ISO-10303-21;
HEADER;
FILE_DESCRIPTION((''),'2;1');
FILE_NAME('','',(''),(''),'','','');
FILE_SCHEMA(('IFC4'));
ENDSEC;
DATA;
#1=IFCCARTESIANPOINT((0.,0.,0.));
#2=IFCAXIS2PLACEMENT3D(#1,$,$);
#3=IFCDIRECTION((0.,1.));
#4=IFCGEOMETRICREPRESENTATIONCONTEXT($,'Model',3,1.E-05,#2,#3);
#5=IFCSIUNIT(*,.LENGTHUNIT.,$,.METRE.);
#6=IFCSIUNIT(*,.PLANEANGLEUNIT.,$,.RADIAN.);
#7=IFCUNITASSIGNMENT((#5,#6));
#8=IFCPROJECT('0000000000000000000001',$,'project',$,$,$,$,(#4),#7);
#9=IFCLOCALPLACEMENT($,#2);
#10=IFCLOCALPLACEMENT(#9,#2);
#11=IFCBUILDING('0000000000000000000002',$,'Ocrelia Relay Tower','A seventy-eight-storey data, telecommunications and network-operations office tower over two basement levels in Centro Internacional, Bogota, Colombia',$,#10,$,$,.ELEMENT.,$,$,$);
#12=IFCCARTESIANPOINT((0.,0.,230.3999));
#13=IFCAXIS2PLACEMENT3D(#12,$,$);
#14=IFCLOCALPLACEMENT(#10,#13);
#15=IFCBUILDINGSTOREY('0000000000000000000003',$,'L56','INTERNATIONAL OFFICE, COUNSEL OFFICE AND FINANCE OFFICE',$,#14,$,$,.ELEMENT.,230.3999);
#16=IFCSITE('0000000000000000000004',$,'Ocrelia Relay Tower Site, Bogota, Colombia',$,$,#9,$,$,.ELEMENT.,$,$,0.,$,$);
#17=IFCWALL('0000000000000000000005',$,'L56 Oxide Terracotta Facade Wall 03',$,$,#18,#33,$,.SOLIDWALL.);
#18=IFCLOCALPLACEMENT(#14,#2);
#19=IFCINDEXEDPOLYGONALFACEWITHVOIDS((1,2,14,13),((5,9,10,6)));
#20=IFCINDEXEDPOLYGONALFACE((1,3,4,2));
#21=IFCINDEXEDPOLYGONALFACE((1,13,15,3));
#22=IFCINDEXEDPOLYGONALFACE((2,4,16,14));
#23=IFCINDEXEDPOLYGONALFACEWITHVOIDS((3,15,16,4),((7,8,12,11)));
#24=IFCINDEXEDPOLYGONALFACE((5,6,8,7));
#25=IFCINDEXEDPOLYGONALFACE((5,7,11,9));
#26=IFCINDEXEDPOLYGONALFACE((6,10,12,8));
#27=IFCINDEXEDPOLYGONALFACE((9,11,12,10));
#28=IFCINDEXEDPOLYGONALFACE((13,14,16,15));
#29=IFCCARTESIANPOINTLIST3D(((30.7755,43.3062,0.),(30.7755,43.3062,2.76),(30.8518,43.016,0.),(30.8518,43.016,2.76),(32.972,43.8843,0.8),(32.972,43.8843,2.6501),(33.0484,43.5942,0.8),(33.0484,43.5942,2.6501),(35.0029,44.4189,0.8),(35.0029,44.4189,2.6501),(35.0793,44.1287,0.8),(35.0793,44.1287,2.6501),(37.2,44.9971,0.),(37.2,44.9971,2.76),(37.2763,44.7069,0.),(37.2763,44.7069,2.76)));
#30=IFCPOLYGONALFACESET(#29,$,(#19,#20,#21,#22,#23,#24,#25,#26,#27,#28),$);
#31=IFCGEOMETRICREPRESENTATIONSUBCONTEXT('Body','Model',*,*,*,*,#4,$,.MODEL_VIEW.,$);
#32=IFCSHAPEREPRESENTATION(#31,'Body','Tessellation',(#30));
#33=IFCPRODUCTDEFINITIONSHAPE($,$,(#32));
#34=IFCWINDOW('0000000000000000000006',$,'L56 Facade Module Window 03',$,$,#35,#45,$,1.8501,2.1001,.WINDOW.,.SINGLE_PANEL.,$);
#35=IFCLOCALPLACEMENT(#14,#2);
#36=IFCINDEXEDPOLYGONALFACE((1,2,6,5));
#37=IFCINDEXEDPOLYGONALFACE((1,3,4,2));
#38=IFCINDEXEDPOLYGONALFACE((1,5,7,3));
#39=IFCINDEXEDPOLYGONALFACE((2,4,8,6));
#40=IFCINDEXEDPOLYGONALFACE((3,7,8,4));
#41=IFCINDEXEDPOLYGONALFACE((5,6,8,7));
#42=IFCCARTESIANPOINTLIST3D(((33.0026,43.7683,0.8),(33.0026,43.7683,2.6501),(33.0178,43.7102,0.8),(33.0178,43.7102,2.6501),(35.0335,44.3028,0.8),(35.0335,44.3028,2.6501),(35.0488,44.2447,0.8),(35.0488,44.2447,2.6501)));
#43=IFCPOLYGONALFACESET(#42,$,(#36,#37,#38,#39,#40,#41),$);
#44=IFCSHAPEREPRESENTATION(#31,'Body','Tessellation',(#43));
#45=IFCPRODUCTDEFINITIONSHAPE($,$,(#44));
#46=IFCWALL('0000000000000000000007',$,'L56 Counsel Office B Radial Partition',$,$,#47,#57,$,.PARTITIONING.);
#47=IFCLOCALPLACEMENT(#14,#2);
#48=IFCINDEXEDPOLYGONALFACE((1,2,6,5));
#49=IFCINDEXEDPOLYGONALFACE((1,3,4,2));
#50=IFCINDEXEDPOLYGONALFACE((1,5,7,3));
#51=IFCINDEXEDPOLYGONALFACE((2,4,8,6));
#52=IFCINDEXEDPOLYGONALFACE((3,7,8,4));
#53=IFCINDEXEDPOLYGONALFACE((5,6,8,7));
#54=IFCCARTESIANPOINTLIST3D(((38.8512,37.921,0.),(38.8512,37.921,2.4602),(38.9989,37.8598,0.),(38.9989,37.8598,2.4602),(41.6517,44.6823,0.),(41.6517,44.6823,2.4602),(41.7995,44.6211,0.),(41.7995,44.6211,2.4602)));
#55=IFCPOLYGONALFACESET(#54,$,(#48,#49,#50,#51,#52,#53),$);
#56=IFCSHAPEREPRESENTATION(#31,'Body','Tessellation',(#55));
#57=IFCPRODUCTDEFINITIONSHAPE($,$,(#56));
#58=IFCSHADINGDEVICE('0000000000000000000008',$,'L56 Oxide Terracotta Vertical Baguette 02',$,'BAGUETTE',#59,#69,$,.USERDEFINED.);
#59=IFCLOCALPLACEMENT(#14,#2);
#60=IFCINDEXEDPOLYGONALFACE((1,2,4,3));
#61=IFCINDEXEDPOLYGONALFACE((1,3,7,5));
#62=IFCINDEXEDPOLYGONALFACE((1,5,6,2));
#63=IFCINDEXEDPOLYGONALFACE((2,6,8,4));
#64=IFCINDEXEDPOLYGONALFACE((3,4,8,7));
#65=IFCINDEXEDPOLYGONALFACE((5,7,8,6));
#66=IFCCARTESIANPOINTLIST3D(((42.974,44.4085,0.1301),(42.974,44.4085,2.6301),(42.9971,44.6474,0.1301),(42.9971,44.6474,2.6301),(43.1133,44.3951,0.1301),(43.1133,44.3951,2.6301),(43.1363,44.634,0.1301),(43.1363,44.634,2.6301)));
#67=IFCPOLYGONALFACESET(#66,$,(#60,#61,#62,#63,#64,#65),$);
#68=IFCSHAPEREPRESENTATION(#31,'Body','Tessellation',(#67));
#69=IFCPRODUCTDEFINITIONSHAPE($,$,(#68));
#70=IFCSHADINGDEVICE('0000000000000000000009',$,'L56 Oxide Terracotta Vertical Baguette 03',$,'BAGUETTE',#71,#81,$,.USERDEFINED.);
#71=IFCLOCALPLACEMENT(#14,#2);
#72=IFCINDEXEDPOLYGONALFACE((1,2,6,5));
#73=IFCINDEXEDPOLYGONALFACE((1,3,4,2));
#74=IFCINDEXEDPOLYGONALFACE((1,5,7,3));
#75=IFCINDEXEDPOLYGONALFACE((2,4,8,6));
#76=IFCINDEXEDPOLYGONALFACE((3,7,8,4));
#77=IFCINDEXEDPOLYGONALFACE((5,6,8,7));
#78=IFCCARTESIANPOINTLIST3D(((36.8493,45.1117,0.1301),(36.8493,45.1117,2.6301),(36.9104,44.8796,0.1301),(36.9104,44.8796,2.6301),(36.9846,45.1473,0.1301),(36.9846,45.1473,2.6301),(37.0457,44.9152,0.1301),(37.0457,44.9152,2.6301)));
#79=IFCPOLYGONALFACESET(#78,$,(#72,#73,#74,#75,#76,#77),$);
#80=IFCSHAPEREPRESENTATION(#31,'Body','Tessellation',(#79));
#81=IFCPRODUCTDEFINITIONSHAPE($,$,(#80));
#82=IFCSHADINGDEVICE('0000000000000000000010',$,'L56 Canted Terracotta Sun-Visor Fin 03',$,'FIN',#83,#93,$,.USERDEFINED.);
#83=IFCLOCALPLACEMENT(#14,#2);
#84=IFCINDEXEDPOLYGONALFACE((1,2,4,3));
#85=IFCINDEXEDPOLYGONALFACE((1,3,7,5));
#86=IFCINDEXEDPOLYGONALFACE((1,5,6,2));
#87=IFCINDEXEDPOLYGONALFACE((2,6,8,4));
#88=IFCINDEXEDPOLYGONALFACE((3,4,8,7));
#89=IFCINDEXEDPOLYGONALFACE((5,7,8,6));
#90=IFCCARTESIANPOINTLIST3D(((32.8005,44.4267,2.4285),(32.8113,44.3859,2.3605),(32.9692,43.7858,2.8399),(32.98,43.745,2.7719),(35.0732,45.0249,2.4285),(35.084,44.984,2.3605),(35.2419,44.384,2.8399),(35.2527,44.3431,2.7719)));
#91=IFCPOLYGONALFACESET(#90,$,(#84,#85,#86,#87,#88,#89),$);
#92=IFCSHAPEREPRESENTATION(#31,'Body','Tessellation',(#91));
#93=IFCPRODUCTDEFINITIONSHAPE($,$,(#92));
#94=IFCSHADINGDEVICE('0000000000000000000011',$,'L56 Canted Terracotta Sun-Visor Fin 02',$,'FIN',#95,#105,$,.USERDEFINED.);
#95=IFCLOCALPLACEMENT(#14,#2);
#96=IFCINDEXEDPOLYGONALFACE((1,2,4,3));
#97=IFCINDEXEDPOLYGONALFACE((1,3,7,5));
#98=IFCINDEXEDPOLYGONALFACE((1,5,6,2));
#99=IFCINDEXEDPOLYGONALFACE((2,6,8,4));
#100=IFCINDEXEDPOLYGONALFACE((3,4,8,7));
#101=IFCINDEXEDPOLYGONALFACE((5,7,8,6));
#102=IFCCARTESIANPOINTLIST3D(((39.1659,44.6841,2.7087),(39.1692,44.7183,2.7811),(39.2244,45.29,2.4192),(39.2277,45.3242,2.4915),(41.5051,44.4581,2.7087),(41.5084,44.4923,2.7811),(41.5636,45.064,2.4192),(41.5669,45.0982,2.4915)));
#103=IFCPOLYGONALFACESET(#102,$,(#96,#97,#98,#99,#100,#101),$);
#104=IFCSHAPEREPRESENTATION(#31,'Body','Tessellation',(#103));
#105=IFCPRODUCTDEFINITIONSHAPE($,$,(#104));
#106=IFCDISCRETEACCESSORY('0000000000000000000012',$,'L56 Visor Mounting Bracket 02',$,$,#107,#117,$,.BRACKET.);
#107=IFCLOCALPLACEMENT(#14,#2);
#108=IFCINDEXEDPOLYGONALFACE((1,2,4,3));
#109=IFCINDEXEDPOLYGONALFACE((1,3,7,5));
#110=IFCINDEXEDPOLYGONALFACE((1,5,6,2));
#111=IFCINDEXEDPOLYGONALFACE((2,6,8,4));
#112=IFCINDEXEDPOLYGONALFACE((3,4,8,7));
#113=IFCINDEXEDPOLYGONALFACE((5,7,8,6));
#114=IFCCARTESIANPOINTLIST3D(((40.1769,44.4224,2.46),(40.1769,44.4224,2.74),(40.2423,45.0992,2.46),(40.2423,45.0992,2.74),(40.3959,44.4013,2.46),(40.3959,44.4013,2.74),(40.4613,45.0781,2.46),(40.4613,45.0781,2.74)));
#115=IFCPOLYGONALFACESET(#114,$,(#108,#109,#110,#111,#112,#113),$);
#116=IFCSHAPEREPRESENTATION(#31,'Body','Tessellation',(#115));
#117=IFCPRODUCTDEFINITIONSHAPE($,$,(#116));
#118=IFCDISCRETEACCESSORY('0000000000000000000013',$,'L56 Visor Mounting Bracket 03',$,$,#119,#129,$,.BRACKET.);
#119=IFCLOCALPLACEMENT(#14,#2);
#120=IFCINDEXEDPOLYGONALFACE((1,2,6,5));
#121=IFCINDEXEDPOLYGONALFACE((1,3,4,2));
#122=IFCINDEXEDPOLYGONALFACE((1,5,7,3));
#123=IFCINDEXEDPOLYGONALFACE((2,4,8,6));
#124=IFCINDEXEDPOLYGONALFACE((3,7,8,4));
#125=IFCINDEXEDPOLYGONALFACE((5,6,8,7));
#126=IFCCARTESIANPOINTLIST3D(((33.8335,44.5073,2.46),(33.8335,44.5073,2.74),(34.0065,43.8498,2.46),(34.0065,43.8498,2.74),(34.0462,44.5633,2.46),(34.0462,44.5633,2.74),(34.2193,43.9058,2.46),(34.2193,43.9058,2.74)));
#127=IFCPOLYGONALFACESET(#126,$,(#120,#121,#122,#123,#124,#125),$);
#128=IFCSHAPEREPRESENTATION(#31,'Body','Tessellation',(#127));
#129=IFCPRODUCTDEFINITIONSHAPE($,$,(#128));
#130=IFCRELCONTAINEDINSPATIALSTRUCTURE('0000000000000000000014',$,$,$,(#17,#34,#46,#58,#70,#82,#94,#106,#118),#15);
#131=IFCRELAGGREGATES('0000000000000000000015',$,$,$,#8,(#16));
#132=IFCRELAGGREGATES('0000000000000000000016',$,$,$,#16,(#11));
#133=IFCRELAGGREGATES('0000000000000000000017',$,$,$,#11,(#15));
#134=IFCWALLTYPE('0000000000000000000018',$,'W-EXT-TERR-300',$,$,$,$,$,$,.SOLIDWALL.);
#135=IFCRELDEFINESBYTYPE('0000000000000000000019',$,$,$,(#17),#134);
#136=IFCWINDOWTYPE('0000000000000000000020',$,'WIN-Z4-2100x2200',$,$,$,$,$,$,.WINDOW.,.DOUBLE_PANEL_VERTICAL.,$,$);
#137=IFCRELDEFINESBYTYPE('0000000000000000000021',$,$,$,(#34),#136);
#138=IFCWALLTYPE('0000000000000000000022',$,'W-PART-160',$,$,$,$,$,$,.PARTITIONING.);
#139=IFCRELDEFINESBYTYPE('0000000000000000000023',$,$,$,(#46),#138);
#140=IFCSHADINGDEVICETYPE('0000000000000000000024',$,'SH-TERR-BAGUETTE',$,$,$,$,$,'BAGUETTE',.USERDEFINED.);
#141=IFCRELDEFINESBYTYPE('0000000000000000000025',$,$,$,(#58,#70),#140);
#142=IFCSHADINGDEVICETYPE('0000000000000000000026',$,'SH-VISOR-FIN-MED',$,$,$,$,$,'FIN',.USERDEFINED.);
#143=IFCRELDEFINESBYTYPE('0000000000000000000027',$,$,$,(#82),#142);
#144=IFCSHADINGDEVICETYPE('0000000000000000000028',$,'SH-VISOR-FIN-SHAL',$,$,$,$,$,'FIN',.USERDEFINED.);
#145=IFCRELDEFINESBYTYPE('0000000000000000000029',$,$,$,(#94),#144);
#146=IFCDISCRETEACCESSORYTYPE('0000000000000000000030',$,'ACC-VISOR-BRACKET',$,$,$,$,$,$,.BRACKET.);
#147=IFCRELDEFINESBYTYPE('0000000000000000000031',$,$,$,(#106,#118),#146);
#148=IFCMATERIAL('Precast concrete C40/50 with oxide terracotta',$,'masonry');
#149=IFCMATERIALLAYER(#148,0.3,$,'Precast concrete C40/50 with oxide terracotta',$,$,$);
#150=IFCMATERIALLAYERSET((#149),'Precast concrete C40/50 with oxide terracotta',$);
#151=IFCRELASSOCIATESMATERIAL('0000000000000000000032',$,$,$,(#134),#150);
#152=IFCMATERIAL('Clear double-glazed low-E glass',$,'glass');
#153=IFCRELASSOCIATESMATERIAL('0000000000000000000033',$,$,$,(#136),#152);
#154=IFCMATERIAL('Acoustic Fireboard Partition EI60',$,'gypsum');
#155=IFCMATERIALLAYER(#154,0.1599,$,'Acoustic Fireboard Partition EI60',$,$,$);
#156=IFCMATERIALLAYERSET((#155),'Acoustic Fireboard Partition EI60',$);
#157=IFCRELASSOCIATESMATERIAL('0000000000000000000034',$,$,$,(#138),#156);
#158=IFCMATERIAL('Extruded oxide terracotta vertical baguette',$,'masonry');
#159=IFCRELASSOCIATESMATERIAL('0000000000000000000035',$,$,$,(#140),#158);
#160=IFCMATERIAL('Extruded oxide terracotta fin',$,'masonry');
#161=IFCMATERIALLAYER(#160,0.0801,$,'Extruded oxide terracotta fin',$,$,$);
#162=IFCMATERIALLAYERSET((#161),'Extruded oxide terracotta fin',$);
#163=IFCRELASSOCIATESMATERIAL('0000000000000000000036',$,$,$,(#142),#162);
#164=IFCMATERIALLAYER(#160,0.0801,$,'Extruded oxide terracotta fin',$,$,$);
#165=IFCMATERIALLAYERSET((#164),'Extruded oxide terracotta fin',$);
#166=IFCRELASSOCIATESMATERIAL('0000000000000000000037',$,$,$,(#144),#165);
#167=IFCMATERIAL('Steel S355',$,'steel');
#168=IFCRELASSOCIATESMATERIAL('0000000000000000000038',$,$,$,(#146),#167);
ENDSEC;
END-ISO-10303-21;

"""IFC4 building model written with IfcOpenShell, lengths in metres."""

from ifc_helpers import new_model, si_unit, direction, frame, frame_2d, origin, origin_2d, place, context, subcontext, project, spatial, rectangle, extrude, material, layer, layer_set, type_object, element, fill, save


model = new_model("IFC4")

# Units and contexts
model_context = context("Model", 3, precision=1e-05, world=origin(), true_north=direction((0.0, 1.0)))
body_context = subcontext(model_context, "Body", "Model", "MODEL_VIEW")
ifc_project = project(units=[si_unit("LENGTHUNIT", "METRE"), si_unit("PLANEANGLEUNIT", "RADIAN")], contexts=[model_context])

# Site, building, storey
site_placement = place(None, origin())
site = spatial("IfcSite", under=ifc_project, at=site_placement, Name="Ocrelia Relay Tower Site, Bogota, Colombia", CompositionType="ELEMENT", RefElevation=0.0)
building_placement = place(site_placement, origin())
building = spatial("IfcBuilding", under=site, at=building_placement, Name="Ocrelia Relay Tower", Description="A seventy-eight-storey data, telecommunications and network-operations office tower over two basement levels in Centro Internacional, Bogota, Colombia", CompositionType="ELEMENT")
storey_placement = place(building_placement, frame((0.0, 0.0, 230.3999)))
storey = spatial("IfcBuildingStorey", under=building, at=storey_placement, Name="L56", Description="INTERNATIONAL OFFICE, COUNSEL OFFICE AND FINANCE OFFICE", CompositionType="ELEMENT", Elevation=230.3999)

# Shared definitions
ifc_material_1 = material(Name="Steel S355", Category="steel")

# Wall, opening, window
ifc_material_2 = material(Name="Precast concrete C40/50 with oxide terracotta", Category="masonry")
ifc_layer_1 = layer(ifc_material_2, 0.3, Name="Precast concrete C40/50 with oxide terracotta")
ifc_layer_set_1 = layer_set([ifc_layer_1], Name="Precast concrete C40/50 with oxide terracotta")
wall_type_1 = type_object("IfcWallType", Name="W-EXT-TERR-300", PredefinedType="SOLIDWALL", material=ifc_layer_set_1)
ifc_material_3 = material(Name="Clear double-glazed low-E glass", Category="glass")
window_type = type_object("IfcWindowType", Name="WIN-Z4-2100x2200", PartitioningType="DOUBLE_PANEL_VERTICAL", PredefinedType="WINDOW", material=ifc_material_3)
wall_1_placement = place(storey_placement, frame((37.2383, 44.8521, 0.0), z_axis=(0.0, 0.0, 1.0), x_axis=(-0.967065, -0.254528, 0.0)))
wall_1 = element("IfcWall", 1, at=wall_1_placement, inside=storey, type_object=wall_type_1, Name="L56 Oxide Terracotta Facade Wall 03", PredefinedType="SOLIDWALL", context=body_context, shape_type="SweptSolid", body=[
    extrude(rectangle(XDim=6.6433, YDim=0.3, at=frame_2d((3.3218, 0.0))), origin(), (0.0, 0.0, 1.0), 2.76),
])
opening_1_placement = place(wall_1_placement, frame((2.272, 0.0, 0.8)))
opening_1 = element("IfcOpeningElement", 2, at=opening_1_placement, cuts=wall_1, PredefinedType="OPENING", context=body_context, shape_type="SweptSolid", body=[
    extrude(rectangle(XDim=2.1001, YDim=1.8501, at=frame_2d((1.05, 0.925))), frame((0.0, 0.1602, 0.0), z_axis=(0.0, -1.0, 0.0), x_axis=(1.0, 0.0, 0.0)), (0.0, 0.0, 1.0), 0.3201),
])
window_1_placement = place(opening_1_placement, origin())
window_1 = element("IfcWindow", 3, at=window_1_placement, inside=storey, type_object=window_type, Name="L56 Facade Module Window 03", OverallHeight=1.8501, OverallWidth=2.1001, PartitioningType="SINGLE_PANEL", PredefinedType="WINDOW", context=body_context, shape_type="SweptSolid", body=[
    extrude(rectangle(XDim=2.1001, YDim=1.8501, at=frame_2d((1.05, 0.925))), frame((0.0, 0.03, 0.0), z_axis=(0.0, -1.0, 0.0), x_axis=(1.0, 0.0, 0.0)), (0.0, 0.0, 1.0), 0.0601),
])
fill(opening_1, window_1)

# Wall
ifc_material_4 = material(Name="Acoustic Fireboard Partition EI60", Category="gypsum")
ifc_layer_2 = layer(ifc_material_4, 0.1599, Name="Acoustic Fireboard Partition EI60")
ifc_layer_set_2 = layer_set([ifc_layer_2], Name="Acoustic Fireboard Partition EI60")
wall_type_2 = type_object("IfcWallType", Name="W-PART-160", PredefinedType="PARTITIONING", material=ifc_layer_set_2)
wall_2_placement = place(storey_placement, frame((38.925, 37.8904, 0.0), z_axis=(0.0, 0.0, 1.0), x_axis=(0.382677, 0.923882, 0.0)))
element("IfcWall", 4, at=wall_2_placement, inside=storey, type_object=wall_type_2, Name="L56 Counsel Office B Radial Partition", PredefinedType="PARTITIONING", context=body_context, shape_type="SweptSolid", body=[
    extrude(rectangle(XDim=7.3184, YDim=0.1599, at=frame_2d((3.6592, 0.0))), origin(), (0.0, 0.0, 1.0), 2.4602),
])

# Shading devices
ifc_material_5 = material(Name="Extruded oxide terracotta vertical baguette", Category="masonry")
shading_device_type_1 = type_object("IfcShadingDeviceType", Name="SH-TERR-BAGUETTE", ElementType="BAGUETTE", PredefinedType="USERDEFINED", material=ifc_material_5)
for number, where, z_axis, x_axis, name in (
    (5, (43.0552, 44.5212, 0.1301), (0.0, 0.0, 1.0), (-0.995366, 0.096158, 0.0), "L56 Oxide Terracotta Vertical Baguette 02"),
    (6, (36.9475, 45.0134, 0.1301), (0.0, 0.0, 1.0), (-0.967065, -0.254531, 0.0), "L56 Oxide Terracotta Vertical Baguette 03"),
):
    element("IfcShadingDevice", number, at=place(storey_placement, frame(where, z_axis=z_axis, x_axis=x_axis)), inside=storey, type_object=shading_device_type_1, Name=name, ObjectType="BAGUETTE", PredefinedType="USERDEFINED", context=body_context, shape_type="SweptSolid", body=[
        extrude(rectangle(XDim=0.1399, YDim=0.24, at=origin_2d()), origin(), (0.0, 0.0, 1.0), 2.5),
    ])
ifc_material_6 = material(Name="Extruded oxide terracotta fin", Category="masonry")
ifc_layer_3 = layer(ifc_material_6, 0.0801, Name="Extruded oxide terracotta fin")
ifc_layer_set_3 = layer_set([ifc_layer_3], Name="Extruded oxide terracotta fin")
shading_device_type_2 = type_object("IfcShadingDeviceType", Name="SH-VISOR-FIN-MED", ElementType="FIN", PredefinedType="USERDEFINED", material=ifc_layer_set_3)
shading_device_1_placement = place(storey_placement, frame((34.032, 44.3645, 2.5662), z_axis=(-0.13424, 0.510031, 0.849617), x_axis=(-0.967065, -0.254531, 0.0)))
element("IfcShadingDevice", 7, at=shading_device_1_placement, inside=storey, type_object=shading_device_type_2, Name="L56 Canted Terracotta Sun-Visor Fin 03", ObjectType="FIN", PredefinedType="USERDEFINED", context=body_context, shape_type="SweptSolid", body=[
    extrude(rectangle(XDim=2.3501, YDim=0.78, at=origin_2d()), origin(), (0.0, 0.0, 1.0), 0.0801),
])
ifc_layer_4 = layer(ifc_material_6, 0.0801, Name="Extruded oxide terracotta fin")
ifc_layer_set_4 = layer_set([ifc_layer_4], Name="Extruded oxide terracotta fin")
shading_device_type_3 = type_object("IfcShadingDeviceType", Name="SH-VISOR-FIN-SHAL", ElementType="FIN", PredefinedType="USERDEFINED", material=ifc_layer_set_4)
shading_device_2_placement = place(storey_placement, frame((40.3647, 44.874, 2.564), z_axis=(0.041306, 0.427575, 0.903036), x_axis=(-0.995366, 0.096158, 0.0)))
element("IfcShadingDevice", 8, at=shading_device_2_placement, inside=storey, type_object=shading_device_type_3, Name="L56 Canted Terracotta Sun-Visor Fin 02", ObjectType="FIN", PredefinedType="USERDEFINED", context=body_context, shape_type="SweptSolid", body=[
    extrude(rectangle(XDim=2.3501, YDim=0.6741, at=origin_2d()), origin(), (0.0, 0.0, 1.0), 0.0801),
])

# Discrete accessories
discrete_accessory_type = type_object("IfcDiscreteAccessoryType", Name="ACC-VISOR-BRACKET", PredefinedType="BRACKET", material=ifc_material_1)
for number, where, z_axis, x_axis, name in (
    (9, (40.3191, 44.7502, 2.46), (0.0, 0.0, 1.0), (-0.995366, 0.096158, 0.0), "L56 Visor Mounting Bracket 02"),
    (10, (34.0264, 44.2065, 2.46), (0.0, 0.0, 1.0), (-0.967065, -0.254531, 0.0), "L56 Visor Mounting Bracket 03"),
):
    element("IfcDiscreteAccessory", number, at=place(storey_placement, frame(where, z_axis=z_axis, x_axis=x_axis)), inside=storey, type_object=discrete_accessory_type, Name=name, PredefinedType="BRACKET", context=body_context, shape_type="SweptSolid", body=[
        extrude(rectangle(XDim=0.22, YDim=0.6799, at=origin_2d()), origin(), (0.0, 0.0, 1.0), 0.28),
    ])

save(model, "model.ifc")
